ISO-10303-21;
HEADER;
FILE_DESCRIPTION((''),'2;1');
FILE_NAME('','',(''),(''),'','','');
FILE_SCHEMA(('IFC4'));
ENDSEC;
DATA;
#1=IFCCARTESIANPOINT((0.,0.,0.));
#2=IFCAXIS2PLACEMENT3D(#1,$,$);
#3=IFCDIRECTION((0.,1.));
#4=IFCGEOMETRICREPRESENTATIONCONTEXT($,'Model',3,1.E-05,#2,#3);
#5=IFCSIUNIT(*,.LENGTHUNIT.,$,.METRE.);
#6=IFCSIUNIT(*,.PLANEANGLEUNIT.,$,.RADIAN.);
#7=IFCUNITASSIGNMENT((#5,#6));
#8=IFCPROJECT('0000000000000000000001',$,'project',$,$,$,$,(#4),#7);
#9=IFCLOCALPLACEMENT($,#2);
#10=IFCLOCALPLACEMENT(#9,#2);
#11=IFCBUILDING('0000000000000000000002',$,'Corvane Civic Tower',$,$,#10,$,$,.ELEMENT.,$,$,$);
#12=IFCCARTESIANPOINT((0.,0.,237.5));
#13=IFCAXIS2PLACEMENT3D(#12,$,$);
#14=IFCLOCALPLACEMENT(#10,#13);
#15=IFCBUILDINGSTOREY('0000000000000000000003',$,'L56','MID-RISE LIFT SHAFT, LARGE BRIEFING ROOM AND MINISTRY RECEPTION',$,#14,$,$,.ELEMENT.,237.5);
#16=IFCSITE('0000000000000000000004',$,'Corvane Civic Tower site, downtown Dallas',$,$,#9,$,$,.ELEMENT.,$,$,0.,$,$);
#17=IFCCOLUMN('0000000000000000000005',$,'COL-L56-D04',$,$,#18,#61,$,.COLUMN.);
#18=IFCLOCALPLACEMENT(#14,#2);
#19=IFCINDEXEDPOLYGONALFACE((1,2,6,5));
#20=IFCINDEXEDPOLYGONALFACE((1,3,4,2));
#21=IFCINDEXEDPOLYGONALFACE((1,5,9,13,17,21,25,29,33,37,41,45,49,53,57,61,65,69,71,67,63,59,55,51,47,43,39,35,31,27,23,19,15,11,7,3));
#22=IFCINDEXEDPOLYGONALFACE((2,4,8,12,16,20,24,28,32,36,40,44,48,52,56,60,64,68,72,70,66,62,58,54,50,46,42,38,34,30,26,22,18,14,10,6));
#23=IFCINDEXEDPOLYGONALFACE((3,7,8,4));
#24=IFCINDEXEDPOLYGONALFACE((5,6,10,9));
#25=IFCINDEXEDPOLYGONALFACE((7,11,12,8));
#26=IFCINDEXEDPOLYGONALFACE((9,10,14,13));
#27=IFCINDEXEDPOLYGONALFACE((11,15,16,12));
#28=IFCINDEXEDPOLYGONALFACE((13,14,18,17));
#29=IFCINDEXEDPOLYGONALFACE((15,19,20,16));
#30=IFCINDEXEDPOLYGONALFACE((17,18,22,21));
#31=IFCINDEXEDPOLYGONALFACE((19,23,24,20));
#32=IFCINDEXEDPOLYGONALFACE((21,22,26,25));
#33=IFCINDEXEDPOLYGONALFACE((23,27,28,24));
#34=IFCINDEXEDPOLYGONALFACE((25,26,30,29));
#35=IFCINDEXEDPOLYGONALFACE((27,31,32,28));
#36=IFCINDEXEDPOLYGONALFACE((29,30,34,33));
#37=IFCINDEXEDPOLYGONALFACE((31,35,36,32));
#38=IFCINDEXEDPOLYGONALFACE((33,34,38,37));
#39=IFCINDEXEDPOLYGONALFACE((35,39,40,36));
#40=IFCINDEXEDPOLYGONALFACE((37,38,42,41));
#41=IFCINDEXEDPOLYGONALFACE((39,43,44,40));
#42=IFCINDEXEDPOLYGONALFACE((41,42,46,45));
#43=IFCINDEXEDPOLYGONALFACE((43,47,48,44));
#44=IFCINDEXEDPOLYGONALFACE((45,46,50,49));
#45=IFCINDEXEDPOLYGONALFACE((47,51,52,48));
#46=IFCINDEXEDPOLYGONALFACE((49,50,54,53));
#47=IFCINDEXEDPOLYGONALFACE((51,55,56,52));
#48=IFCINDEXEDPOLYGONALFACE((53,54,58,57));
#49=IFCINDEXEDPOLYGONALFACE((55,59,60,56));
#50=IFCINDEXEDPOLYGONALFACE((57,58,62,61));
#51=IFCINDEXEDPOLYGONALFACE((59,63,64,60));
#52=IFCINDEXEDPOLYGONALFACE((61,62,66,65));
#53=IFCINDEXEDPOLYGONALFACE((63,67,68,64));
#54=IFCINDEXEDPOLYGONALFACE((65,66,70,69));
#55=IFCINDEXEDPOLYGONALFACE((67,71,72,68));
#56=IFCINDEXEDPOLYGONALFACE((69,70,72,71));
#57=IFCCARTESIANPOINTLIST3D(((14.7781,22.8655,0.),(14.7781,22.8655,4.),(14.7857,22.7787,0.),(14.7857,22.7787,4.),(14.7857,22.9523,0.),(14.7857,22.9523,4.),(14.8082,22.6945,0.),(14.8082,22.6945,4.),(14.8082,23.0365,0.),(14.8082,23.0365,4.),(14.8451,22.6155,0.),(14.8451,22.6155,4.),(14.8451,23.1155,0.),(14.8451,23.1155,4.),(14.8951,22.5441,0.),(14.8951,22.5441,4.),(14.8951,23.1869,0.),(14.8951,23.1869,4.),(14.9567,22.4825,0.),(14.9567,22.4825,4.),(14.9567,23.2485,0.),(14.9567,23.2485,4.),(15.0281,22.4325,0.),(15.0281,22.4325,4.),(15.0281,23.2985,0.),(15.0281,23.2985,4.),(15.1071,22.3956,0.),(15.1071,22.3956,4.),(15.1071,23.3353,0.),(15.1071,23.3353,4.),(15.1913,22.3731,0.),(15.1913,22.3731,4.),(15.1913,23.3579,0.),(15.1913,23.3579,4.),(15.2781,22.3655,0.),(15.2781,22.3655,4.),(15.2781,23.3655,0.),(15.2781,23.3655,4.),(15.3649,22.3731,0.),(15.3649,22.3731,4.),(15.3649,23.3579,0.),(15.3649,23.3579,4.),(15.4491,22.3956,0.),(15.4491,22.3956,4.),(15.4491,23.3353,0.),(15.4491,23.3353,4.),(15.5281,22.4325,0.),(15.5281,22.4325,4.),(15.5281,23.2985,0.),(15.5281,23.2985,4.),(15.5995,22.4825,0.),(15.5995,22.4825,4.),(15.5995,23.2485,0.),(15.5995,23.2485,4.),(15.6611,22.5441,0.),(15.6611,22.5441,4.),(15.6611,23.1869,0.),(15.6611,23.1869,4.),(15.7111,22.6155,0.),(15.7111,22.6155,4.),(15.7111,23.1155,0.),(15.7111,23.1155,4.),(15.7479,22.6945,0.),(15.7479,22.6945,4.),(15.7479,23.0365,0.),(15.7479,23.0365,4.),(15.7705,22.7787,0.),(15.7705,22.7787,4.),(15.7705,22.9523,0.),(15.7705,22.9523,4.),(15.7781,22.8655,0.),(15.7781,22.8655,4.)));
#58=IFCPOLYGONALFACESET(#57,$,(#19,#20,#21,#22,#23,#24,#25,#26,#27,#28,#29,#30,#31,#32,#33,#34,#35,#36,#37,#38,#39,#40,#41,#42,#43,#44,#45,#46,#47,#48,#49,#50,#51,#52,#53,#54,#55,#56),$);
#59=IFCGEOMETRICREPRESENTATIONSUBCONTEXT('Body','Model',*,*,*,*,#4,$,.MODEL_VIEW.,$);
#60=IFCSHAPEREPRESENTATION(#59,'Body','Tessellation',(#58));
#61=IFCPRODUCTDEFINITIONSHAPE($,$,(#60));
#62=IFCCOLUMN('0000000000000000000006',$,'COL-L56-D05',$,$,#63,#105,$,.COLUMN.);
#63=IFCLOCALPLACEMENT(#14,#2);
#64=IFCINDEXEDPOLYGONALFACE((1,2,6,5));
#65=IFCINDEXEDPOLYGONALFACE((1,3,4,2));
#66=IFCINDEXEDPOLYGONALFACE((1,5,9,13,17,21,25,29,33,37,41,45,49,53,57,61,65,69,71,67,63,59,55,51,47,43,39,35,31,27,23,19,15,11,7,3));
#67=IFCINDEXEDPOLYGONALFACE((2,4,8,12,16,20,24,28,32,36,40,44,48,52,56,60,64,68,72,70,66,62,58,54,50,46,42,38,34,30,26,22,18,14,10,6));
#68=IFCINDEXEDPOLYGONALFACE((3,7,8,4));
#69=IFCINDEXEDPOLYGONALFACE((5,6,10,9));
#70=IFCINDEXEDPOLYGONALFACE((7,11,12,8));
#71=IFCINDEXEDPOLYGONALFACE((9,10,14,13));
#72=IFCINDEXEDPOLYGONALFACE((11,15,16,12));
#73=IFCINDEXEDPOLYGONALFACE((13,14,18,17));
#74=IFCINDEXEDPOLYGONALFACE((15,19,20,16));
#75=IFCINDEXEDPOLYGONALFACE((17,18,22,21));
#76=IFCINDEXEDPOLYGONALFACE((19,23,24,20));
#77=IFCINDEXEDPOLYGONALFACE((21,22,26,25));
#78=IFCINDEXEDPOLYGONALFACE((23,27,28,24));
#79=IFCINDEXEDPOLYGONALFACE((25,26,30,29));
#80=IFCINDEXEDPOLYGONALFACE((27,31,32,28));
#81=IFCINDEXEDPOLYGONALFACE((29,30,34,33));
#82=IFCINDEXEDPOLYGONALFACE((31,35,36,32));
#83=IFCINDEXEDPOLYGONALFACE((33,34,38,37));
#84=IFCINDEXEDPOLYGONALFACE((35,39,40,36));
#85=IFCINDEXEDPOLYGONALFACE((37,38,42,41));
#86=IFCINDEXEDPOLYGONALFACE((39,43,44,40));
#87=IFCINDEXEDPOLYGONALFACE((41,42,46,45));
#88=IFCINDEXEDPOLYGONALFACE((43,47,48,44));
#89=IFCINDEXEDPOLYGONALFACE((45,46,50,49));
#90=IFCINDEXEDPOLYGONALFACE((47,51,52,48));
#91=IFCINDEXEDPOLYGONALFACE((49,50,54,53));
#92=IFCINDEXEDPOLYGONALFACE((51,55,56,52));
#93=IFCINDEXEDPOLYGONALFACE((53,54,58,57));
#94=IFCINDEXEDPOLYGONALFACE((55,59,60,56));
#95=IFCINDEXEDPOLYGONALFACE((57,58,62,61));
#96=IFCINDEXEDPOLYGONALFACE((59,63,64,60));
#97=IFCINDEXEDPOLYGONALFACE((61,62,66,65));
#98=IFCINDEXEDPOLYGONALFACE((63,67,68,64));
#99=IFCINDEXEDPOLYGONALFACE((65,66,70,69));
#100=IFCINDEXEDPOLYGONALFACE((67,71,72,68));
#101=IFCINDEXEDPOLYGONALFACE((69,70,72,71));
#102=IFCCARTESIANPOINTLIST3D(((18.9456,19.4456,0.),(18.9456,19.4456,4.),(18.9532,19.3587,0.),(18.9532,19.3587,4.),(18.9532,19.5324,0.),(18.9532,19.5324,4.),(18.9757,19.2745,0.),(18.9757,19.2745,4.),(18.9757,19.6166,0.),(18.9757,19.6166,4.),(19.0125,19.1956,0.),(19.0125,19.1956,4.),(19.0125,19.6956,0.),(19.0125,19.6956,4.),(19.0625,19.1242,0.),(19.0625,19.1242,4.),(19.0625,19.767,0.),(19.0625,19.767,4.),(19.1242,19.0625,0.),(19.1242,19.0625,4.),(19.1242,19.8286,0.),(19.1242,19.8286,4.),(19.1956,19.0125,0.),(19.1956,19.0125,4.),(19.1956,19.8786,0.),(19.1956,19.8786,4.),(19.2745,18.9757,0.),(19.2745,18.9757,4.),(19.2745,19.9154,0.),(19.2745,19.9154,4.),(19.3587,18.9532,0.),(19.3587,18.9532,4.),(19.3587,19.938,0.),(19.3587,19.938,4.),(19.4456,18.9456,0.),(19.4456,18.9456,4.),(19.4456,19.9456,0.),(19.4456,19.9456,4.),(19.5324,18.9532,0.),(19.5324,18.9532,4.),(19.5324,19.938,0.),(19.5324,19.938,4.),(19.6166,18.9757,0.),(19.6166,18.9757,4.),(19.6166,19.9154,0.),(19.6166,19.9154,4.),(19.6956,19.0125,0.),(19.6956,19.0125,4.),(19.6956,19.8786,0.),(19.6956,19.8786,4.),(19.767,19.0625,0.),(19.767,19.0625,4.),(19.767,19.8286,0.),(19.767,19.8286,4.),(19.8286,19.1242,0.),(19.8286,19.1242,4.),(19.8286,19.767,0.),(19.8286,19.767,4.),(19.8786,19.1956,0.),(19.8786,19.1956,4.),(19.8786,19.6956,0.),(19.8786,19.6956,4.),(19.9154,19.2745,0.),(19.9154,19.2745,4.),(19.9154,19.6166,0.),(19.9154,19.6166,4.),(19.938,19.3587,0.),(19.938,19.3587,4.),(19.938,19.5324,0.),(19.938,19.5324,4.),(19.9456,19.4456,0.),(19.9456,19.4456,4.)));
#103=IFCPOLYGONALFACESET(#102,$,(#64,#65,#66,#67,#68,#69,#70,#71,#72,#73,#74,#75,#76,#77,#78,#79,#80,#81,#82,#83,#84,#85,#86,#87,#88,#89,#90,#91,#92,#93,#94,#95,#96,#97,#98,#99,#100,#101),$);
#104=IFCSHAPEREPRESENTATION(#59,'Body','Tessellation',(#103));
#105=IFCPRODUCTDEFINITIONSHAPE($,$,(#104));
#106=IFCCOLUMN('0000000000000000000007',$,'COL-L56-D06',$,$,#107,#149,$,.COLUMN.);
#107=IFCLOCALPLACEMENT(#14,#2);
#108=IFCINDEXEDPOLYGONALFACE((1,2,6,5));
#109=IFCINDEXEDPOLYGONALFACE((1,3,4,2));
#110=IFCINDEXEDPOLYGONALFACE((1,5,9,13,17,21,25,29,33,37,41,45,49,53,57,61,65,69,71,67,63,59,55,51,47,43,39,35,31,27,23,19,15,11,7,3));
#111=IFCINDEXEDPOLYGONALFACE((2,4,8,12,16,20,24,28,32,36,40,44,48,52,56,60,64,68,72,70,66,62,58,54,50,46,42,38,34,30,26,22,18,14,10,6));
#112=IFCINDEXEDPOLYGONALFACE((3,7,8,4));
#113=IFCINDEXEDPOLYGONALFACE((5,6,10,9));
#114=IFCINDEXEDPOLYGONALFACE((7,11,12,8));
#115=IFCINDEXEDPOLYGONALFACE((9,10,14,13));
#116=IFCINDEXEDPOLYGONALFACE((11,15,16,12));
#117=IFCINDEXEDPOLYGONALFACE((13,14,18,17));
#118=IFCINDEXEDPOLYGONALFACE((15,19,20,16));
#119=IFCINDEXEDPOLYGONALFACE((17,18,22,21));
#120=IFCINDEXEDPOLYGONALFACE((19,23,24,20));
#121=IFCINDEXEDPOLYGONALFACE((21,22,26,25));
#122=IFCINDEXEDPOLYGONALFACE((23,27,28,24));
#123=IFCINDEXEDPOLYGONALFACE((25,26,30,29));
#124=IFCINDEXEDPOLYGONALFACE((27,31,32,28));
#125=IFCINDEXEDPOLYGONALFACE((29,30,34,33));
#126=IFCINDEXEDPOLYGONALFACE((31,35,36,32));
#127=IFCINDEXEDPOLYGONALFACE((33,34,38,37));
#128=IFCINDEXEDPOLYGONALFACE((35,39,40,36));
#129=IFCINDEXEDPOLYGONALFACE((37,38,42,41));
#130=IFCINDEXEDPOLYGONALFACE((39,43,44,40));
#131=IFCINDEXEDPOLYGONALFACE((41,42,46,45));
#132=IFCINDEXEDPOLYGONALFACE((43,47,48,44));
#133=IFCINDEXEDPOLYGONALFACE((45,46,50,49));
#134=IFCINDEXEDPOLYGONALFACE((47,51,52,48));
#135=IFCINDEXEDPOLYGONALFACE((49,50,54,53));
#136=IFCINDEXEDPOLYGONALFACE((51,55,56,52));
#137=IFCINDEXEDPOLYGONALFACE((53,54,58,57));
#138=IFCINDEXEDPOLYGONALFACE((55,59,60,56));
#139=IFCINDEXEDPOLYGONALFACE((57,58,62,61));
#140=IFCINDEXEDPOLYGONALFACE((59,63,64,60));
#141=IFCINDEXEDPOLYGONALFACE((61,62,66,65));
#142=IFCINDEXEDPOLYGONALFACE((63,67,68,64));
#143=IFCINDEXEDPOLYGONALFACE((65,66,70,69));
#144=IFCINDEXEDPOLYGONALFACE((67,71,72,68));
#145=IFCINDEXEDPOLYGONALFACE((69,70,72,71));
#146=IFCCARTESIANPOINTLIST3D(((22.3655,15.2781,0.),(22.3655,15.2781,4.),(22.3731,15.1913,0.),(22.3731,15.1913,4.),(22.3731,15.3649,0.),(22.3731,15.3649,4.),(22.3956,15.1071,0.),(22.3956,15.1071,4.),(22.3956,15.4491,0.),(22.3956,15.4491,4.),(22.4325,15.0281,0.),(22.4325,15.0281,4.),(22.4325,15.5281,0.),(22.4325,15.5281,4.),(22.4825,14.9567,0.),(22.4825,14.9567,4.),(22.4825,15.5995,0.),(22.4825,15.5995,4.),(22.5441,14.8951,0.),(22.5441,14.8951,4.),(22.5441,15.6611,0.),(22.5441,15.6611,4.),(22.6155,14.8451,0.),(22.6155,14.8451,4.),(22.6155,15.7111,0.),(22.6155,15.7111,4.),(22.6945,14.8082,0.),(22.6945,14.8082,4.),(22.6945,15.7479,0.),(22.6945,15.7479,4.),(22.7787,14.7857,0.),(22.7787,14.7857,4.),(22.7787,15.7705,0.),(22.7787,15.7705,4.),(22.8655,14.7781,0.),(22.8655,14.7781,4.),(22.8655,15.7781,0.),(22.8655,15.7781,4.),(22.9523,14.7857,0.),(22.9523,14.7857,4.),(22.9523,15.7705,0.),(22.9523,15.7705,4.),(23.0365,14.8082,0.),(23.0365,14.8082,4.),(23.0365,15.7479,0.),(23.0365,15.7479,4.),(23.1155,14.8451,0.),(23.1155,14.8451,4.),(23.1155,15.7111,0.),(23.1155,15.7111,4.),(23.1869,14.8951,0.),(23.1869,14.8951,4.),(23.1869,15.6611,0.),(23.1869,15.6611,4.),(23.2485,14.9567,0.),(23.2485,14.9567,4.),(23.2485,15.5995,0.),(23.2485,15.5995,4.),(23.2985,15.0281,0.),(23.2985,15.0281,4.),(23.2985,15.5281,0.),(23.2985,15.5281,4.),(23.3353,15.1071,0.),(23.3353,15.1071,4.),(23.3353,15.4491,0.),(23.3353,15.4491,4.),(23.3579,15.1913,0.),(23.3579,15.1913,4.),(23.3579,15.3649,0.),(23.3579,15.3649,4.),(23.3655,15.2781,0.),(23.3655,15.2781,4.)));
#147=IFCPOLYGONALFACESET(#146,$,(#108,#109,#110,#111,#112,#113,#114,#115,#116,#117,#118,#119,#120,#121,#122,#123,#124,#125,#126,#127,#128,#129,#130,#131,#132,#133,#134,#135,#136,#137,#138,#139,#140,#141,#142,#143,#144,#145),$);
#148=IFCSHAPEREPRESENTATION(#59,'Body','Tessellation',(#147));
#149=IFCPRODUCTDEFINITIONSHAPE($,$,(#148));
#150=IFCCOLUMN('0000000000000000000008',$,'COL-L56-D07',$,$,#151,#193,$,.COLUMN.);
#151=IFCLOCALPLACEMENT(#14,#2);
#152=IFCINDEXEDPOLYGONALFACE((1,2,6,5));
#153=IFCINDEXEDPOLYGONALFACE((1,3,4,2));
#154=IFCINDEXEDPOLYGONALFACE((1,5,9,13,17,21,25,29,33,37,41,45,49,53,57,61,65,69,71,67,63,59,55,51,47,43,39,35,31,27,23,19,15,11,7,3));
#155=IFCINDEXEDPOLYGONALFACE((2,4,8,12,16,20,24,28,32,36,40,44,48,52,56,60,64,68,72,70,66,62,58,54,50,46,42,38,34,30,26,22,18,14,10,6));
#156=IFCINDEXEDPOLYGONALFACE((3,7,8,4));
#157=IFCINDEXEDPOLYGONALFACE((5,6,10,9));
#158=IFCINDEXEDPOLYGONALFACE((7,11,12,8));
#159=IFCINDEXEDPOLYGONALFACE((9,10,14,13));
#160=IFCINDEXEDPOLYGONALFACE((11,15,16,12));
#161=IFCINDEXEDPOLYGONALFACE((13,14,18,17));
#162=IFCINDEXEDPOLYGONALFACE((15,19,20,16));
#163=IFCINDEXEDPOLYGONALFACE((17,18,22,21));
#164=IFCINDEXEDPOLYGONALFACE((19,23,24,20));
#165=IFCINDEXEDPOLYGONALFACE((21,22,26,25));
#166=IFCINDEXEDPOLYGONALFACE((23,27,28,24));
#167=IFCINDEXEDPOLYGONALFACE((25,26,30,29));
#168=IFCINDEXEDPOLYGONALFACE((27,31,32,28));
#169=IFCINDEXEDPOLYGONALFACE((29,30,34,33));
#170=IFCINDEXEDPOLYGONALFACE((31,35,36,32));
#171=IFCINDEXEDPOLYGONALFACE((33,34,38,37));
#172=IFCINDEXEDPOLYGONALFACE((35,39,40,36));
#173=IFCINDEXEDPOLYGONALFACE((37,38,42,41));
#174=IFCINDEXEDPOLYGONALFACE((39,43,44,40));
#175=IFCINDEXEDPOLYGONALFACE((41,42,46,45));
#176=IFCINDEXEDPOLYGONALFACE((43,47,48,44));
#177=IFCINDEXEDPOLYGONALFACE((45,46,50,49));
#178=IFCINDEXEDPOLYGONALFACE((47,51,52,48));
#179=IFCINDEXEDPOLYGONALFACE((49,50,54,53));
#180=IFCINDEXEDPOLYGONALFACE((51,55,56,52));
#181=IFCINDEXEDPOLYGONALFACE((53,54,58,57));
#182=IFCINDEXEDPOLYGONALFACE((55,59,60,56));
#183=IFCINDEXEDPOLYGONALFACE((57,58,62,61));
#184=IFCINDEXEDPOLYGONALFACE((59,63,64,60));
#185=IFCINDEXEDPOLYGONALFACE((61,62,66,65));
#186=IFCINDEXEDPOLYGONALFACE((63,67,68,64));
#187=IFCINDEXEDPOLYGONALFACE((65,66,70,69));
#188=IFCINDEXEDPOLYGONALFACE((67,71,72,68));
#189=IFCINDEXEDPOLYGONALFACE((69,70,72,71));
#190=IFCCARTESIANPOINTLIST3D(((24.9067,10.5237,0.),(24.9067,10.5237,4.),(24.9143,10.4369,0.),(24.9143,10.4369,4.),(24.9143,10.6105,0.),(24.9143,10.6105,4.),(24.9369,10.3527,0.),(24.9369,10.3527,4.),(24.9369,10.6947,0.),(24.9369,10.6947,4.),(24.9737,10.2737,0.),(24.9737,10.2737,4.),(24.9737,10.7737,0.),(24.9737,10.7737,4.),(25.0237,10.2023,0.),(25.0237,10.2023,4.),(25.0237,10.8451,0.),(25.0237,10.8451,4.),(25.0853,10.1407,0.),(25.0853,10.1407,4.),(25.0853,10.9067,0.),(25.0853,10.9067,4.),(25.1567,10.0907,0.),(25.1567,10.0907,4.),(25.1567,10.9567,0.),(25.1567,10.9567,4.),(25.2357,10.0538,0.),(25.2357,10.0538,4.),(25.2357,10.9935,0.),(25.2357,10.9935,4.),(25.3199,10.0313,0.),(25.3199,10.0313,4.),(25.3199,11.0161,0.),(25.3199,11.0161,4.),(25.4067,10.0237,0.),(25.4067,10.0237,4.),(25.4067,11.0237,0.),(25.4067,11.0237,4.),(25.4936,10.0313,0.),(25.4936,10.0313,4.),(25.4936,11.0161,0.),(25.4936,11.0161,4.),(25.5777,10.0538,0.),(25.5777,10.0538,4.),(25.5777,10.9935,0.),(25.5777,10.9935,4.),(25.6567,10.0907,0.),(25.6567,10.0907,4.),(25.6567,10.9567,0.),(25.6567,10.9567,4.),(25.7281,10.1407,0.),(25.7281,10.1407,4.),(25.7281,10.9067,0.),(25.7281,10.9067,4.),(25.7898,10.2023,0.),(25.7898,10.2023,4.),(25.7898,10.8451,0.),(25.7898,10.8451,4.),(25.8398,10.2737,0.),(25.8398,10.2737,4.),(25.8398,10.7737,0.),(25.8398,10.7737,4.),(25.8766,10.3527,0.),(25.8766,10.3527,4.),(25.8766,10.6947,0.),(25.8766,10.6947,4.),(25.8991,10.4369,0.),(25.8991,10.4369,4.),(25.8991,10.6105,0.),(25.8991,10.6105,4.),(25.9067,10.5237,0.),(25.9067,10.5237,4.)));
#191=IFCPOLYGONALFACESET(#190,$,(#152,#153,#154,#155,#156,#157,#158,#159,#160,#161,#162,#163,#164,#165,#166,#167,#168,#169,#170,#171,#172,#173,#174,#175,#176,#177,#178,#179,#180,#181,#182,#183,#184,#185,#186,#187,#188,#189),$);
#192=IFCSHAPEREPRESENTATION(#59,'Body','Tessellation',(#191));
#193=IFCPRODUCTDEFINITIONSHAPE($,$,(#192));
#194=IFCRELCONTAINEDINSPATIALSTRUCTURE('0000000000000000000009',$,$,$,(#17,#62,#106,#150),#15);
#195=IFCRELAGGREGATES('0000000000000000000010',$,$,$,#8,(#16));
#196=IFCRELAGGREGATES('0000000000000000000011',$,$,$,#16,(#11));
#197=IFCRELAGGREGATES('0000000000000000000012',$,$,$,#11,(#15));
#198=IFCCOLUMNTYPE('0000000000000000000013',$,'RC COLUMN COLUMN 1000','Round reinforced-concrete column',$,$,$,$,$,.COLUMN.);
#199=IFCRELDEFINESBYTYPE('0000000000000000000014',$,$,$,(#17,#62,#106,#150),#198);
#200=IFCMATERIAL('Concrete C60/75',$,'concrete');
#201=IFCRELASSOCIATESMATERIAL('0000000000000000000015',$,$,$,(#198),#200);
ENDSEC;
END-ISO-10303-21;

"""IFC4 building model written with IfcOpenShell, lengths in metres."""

from ifc_helpers import new_model, si_unit, direction, frame, origin, origin_2d, place, context, subcontext, project, spatial, circle, extrude, material, material_profile, profile_set, type_object, element, save


model = new_model("IFC4")

# Units and contexts
model_context = context("Model", 3, precision=1e-05, world=origin(), true_north=direction((0.0, 1.0)))
body_context = subcontext(model_context, "Body", "Model", "MODEL_VIEW")
ifc_project = project(units=[si_unit("LENGTHUNIT", "METRE"), si_unit("PLANEANGLEUNIT", "RADIAN")], contexts=[model_context])

# Site, building, storey
site_placement = place(None, origin())
site = spatial("IfcSite", under=ifc_project, at=site_placement, Name="Corvane Civic Tower site, downtown Dallas", CompositionType="ELEMENT", RefElevation=0.0)
building_placement = place(site_placement, origin())
building = spatial("IfcBuilding", under=site, at=building_placement, Name="Corvane Civic Tower", CompositionType="ELEMENT")
storey_placement = place(building_placement, frame((0.0, 0.0, 237.5)))
storey = spatial("IfcBuildingStorey", under=building, at=storey_placement, Name="L56", Description="MID-RISE LIFT SHAFT, LARGE BRIEFING ROOM AND MINISTRY RECEPTION", CompositionType="ELEMENT", Elevation=237.5)

# Columns
ifc_material_1 = material(Name="Concrete C60/75", Category="concrete")
ifc_material_profile_1 = material_profile(ifc_material_1, circle(Radius=0.5, at=origin_2d()), Name="COLUMN 1000")
ifc_profile_set_1 = profile_set([ifc_material_profile_1], Name="Concrete C60/75")
column_type = type_object("IfcColumnType", Name="RC COLUMN COLUMN 1000", Description="Round reinforced-concrete column", PredefinedType="COLUMN", material=ifc_profile_set_1)
for number, where, z_axis, x_axis, name in (
    (1, (15.2781, 22.8655, 0.0), (0.0, 0.0, 1.0), (1.0, 0.0, 0.0), "COL-L56-D04"),
    (2, (19.4456, 19.4456, 0.0), (0.0, 0.0, 1.0), (1.0, 0.0, 0.0), "COL-L56-D05"),
    (3, (22.8655, 15.2781, 0.0), (0.0, 0.0, 1.0), (1.0, 0.0, 0.0), "COL-L56-D06"),
    (4, (25.4067, 10.5237, 0.0), (0.0, 0.0, 1.0), (1.0, 0.0, 0.0), "COL-L56-D07"),
):
    element("IfcColumn", number, at=place(storey_placement, frame(where, z_axis=z_axis, x_axis=x_axis)), inside=storey, type_object=column_type, Name=name, PredefinedType="COLUMN", context=body_context, shape_type="SweptSolid", body=[
        extrude(circle(Radius=0.5, at=origin_2d()), origin(), (0.0, 0.0, 1.0), 4.0),
    ])

save(model, "model.ifc")
